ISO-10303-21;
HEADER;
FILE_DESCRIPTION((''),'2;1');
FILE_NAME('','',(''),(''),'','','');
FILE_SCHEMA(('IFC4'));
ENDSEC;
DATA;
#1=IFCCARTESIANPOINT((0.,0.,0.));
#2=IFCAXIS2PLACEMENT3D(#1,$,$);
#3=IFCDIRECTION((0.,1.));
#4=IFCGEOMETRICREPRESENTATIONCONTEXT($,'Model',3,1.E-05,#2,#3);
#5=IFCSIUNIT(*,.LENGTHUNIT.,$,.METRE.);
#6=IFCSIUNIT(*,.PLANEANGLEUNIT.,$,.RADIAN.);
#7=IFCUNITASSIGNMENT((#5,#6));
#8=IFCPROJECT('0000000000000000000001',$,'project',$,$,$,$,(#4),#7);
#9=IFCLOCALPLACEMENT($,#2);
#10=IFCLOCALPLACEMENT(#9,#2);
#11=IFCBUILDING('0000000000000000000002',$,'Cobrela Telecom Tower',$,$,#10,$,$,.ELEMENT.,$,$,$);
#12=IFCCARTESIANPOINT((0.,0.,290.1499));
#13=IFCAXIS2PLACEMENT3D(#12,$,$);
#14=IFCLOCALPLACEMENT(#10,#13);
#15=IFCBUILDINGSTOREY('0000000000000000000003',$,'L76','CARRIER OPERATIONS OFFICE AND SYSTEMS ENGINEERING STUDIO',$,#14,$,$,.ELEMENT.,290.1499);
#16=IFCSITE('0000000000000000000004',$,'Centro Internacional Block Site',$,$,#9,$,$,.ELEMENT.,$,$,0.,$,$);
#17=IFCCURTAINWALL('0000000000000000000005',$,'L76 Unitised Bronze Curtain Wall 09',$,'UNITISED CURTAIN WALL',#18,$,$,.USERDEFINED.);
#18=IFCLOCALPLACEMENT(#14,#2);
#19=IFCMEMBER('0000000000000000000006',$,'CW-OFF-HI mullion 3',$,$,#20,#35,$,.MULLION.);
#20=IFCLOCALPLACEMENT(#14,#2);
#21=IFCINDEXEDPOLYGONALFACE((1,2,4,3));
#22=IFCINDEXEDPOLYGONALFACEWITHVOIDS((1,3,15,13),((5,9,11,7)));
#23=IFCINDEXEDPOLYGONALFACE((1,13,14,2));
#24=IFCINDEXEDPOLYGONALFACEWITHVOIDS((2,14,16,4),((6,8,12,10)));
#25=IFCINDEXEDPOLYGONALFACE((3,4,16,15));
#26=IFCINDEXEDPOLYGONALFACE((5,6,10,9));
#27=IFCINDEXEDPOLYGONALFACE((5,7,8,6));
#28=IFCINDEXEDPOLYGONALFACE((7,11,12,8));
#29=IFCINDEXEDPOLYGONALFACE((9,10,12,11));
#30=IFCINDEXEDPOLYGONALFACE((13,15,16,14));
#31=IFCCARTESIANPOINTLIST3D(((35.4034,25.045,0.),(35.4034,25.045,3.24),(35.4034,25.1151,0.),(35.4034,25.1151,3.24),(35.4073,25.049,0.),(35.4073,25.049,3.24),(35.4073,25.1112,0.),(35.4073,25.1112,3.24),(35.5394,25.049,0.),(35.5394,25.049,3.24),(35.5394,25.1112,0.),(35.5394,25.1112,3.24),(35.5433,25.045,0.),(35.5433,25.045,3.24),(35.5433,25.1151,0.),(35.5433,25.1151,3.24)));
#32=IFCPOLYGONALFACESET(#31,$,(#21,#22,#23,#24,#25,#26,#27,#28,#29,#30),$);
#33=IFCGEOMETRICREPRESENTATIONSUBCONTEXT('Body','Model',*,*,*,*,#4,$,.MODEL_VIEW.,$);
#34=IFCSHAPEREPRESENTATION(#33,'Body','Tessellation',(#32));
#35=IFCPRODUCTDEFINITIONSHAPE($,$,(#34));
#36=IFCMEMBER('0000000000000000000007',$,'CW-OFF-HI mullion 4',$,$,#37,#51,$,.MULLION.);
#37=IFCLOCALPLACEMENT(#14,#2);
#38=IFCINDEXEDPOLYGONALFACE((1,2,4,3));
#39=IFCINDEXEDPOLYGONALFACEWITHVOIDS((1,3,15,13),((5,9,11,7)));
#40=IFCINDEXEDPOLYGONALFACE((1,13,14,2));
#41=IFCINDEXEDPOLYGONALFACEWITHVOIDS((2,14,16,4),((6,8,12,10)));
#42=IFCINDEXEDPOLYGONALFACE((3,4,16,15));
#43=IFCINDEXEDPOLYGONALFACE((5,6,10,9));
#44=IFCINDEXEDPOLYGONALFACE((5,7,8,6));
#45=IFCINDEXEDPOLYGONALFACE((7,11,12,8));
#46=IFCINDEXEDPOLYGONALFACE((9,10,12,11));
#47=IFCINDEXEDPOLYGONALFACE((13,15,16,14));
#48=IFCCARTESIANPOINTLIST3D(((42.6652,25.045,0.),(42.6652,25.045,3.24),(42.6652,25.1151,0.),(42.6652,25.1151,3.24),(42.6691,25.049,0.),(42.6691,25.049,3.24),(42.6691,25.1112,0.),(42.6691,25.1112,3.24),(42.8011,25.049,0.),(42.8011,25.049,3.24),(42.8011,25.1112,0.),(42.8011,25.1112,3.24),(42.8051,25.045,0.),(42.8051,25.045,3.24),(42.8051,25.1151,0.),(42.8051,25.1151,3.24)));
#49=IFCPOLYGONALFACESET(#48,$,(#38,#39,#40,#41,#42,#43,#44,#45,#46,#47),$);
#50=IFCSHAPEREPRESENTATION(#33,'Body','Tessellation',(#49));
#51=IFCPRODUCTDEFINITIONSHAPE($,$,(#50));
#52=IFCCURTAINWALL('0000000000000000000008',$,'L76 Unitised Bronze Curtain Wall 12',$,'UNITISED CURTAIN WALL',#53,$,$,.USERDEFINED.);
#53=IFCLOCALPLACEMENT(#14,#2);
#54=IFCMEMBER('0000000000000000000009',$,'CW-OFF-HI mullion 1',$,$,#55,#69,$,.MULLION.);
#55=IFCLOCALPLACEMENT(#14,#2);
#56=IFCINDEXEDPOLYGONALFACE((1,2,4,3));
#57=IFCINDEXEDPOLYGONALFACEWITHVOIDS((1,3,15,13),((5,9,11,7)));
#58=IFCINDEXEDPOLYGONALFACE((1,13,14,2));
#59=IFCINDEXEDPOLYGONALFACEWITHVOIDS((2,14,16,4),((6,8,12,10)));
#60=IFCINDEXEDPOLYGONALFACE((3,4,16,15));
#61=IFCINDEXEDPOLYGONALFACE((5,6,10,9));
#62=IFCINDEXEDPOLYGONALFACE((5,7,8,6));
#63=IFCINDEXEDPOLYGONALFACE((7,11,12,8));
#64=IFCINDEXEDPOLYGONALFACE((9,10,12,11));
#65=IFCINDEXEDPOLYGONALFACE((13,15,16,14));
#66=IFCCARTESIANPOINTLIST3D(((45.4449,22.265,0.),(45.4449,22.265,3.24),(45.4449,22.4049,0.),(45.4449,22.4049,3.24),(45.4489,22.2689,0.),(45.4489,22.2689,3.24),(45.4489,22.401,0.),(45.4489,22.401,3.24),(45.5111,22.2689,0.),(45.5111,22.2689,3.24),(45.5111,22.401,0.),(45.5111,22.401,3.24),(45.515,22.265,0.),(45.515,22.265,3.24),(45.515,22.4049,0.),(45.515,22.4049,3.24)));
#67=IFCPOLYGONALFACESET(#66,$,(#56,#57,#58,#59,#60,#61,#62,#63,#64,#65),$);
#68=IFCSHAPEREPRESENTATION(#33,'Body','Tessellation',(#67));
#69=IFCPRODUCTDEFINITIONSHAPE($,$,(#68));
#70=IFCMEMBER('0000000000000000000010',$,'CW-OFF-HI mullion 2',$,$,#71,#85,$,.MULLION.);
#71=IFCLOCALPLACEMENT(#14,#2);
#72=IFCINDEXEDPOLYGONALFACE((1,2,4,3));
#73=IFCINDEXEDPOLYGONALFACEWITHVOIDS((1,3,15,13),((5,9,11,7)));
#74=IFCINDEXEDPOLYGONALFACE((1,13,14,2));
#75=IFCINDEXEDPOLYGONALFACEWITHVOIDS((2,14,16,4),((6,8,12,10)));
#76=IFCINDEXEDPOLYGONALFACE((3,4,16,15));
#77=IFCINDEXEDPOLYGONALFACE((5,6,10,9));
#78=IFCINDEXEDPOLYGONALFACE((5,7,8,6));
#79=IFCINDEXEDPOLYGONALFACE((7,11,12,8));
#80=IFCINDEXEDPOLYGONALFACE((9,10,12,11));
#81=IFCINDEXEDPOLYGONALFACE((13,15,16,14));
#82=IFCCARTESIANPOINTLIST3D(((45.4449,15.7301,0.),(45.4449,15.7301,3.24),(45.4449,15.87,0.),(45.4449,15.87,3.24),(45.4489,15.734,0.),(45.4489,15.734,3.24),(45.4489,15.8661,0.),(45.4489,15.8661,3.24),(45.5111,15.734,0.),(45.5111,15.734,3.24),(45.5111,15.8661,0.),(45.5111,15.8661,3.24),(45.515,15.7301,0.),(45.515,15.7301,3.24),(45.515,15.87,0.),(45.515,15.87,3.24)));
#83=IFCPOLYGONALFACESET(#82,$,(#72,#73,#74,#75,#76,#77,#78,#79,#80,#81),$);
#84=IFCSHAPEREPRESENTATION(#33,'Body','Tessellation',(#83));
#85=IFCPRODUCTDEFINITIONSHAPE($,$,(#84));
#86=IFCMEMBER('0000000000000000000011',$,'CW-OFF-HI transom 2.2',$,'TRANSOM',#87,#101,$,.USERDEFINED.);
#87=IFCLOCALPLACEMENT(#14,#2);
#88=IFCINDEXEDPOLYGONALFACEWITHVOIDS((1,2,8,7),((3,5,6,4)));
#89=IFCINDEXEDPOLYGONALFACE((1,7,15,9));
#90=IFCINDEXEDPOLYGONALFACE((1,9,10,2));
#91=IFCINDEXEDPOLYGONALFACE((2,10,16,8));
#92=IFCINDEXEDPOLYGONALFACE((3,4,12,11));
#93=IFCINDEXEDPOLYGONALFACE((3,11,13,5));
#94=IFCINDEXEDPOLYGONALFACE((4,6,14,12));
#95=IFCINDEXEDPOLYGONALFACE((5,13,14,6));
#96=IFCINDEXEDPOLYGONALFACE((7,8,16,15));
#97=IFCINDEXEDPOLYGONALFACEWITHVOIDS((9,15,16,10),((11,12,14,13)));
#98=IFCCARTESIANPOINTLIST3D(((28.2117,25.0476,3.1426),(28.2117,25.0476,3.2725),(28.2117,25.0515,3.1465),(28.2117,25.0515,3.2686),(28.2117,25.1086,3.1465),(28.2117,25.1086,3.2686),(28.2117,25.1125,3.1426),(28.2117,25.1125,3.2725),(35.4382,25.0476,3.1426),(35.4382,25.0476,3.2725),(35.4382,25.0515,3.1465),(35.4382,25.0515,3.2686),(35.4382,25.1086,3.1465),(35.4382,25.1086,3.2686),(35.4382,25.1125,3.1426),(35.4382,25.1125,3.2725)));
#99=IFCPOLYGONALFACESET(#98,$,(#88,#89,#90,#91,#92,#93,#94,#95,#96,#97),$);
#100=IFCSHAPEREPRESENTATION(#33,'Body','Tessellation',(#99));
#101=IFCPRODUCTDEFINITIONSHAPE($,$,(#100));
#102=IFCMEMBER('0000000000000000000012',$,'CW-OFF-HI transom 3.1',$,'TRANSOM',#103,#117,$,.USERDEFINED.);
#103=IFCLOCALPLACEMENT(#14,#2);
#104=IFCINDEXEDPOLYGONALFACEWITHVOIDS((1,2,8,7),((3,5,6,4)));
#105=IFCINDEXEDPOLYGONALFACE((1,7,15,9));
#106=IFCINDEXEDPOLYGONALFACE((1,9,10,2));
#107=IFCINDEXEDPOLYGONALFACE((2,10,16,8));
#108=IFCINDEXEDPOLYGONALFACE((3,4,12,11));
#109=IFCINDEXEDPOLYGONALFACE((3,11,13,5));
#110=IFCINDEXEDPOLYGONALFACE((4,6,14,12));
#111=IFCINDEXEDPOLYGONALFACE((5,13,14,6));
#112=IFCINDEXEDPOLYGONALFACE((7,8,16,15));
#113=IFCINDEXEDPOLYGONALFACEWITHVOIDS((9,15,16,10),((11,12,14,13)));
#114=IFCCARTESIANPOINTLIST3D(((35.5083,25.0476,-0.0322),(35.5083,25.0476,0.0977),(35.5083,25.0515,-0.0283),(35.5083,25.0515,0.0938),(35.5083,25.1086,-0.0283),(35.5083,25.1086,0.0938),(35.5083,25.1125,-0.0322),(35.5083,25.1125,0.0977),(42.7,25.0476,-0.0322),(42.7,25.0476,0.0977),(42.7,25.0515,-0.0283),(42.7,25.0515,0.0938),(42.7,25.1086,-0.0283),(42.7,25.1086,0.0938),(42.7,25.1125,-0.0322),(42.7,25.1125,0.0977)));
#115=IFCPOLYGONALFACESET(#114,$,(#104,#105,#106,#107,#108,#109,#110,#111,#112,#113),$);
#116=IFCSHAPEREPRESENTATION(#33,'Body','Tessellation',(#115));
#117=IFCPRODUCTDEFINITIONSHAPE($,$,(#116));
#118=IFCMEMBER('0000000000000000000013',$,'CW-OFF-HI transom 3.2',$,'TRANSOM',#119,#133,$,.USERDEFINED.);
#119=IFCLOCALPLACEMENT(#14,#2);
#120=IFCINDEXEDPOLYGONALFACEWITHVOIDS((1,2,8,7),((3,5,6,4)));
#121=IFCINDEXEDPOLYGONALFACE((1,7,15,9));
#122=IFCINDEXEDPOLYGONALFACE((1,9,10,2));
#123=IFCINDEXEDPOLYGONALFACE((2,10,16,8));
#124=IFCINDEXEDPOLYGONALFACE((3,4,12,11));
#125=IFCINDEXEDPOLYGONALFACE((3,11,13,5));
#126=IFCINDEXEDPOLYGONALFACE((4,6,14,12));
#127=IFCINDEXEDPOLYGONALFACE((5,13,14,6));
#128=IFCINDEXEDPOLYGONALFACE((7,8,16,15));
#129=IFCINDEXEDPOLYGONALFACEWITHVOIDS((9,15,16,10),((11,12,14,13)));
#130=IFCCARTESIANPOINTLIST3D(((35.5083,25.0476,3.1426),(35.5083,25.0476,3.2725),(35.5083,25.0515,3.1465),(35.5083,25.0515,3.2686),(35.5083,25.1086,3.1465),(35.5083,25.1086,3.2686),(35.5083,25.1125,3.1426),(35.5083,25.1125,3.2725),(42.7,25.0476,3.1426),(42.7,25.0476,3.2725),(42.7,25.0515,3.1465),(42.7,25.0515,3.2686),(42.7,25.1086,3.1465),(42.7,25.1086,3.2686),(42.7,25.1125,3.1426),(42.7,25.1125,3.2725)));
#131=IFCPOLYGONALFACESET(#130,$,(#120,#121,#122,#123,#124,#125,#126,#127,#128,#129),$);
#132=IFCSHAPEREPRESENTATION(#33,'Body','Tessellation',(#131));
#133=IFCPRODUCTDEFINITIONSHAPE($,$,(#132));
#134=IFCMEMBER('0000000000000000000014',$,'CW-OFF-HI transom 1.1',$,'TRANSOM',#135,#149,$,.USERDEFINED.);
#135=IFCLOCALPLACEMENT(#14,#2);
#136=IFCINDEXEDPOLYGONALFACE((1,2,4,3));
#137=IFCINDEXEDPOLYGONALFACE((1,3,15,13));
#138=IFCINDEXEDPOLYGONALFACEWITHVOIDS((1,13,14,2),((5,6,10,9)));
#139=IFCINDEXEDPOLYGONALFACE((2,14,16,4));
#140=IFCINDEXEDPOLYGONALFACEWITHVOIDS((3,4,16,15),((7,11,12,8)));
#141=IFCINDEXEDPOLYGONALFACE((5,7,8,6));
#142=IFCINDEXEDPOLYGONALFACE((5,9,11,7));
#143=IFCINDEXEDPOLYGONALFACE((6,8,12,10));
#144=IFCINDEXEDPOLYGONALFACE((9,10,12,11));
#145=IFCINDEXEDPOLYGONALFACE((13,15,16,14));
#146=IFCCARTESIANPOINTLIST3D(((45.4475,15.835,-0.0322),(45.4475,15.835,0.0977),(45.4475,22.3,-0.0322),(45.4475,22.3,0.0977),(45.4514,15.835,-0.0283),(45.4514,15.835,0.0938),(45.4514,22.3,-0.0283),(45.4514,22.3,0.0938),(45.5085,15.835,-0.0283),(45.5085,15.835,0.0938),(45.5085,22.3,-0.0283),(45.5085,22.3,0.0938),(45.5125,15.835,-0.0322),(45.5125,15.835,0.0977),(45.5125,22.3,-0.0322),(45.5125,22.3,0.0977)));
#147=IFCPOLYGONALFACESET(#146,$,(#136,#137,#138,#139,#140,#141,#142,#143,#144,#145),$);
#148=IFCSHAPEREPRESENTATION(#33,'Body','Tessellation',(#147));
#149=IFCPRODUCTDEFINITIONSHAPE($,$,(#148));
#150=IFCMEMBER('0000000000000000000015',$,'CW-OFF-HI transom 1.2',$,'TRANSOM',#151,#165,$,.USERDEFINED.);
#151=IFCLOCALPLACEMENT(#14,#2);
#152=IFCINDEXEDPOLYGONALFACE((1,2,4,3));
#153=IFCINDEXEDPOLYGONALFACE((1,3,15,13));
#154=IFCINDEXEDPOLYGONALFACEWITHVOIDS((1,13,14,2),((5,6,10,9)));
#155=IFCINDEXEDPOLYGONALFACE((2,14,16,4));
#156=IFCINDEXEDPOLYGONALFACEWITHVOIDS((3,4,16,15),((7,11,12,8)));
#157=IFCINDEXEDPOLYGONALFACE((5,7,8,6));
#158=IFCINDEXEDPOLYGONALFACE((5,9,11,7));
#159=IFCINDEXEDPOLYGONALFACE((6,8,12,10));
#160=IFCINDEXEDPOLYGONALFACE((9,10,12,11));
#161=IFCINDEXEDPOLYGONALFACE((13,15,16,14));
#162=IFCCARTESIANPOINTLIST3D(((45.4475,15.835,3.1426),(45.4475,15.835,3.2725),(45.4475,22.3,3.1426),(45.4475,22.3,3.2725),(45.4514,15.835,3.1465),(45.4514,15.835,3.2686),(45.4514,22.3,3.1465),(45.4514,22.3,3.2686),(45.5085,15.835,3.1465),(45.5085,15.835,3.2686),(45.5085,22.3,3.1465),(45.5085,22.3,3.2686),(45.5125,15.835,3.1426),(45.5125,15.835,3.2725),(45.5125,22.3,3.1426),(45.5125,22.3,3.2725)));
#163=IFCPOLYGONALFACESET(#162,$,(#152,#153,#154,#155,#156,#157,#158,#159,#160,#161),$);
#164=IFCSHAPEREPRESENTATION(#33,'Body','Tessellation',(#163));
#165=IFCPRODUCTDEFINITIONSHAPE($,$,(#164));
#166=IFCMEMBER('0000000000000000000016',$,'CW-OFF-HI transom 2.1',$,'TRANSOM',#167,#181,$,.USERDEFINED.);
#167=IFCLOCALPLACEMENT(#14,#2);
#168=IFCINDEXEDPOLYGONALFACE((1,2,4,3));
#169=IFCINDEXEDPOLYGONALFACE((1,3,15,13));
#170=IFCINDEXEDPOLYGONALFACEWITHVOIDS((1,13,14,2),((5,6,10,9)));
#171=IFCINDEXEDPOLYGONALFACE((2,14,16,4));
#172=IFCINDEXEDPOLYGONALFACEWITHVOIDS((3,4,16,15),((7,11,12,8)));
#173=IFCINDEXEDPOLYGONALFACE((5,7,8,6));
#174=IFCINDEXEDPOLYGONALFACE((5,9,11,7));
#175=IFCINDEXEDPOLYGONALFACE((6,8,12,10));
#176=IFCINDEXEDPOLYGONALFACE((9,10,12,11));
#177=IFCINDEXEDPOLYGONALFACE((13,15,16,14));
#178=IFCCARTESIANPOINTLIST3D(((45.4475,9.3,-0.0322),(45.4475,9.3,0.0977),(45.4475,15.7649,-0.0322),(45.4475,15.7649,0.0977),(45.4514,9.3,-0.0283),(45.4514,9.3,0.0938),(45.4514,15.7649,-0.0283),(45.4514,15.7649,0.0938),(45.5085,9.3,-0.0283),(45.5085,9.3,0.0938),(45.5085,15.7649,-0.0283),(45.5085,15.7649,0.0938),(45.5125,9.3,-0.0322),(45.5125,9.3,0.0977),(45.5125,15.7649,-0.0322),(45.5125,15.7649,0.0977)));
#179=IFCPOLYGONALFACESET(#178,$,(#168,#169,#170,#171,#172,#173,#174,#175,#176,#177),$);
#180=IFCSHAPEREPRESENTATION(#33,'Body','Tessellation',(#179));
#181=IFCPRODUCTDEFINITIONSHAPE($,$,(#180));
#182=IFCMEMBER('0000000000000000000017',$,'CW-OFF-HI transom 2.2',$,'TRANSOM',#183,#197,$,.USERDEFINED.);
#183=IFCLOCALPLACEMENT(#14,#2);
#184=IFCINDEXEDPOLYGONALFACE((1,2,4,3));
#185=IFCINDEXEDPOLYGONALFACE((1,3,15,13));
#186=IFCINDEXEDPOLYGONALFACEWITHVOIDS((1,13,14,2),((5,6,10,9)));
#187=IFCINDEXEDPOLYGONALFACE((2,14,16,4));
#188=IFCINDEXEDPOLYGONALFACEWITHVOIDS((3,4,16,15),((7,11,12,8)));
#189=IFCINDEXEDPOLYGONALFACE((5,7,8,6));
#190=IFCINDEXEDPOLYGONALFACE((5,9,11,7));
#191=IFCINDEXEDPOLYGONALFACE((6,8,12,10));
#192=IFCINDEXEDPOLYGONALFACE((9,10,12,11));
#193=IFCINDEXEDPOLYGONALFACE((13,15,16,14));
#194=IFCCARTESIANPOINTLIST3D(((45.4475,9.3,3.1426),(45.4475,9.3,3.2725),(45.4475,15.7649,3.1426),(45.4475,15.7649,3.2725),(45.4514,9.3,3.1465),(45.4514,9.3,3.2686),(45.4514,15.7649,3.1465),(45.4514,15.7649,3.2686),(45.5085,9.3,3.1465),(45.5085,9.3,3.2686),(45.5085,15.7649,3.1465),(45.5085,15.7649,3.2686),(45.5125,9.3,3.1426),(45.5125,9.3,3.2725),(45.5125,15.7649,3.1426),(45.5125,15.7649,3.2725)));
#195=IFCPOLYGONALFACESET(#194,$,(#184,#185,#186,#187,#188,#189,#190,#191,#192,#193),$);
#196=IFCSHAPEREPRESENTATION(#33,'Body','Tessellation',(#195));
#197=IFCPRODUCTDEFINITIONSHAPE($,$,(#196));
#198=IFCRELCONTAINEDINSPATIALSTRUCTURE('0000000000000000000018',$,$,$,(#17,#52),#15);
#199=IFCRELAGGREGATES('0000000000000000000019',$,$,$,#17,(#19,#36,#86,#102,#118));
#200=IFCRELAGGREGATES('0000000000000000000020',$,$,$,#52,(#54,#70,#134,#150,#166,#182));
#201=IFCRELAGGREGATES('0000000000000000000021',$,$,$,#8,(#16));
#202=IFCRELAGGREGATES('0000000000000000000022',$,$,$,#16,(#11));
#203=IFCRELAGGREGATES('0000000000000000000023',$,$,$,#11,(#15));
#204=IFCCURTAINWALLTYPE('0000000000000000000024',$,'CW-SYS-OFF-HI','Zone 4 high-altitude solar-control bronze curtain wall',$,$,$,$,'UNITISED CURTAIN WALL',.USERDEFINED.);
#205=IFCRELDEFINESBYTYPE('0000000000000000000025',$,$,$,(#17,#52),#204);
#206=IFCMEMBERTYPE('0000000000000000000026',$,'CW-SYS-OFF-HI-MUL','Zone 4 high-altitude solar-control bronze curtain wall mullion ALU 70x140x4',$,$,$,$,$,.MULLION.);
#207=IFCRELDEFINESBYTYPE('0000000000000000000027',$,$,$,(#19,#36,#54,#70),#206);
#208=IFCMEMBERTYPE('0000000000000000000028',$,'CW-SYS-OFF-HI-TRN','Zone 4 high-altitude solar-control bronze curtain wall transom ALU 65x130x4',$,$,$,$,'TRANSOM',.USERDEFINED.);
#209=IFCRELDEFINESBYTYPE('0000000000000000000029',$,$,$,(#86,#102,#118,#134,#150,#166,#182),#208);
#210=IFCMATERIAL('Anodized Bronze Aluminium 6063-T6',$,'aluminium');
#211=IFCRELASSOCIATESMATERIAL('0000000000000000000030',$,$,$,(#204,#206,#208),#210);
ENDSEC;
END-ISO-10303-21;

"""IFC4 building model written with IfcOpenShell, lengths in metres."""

from ifc_helpers import new_model, si_unit, direction, frame, origin, origin_2d, place, context, subcontext, project, spatial, hollow_rectangle, extrude, material, material_profile, profile_set, type_object, element, aggregate, save


model = new_model("IFC4")

# Units and contexts
model_context = context("Model", 3, precision=1e-05, world=origin(), true_north=direction((0.0, 1.0)))
body_context = subcontext(model_context, "Body", "Model", "MODEL_VIEW")
ifc_project = project(units=[si_unit("LENGTHUNIT", "METRE"), si_unit("PLANEANGLEUNIT", "RADIAN")], contexts=[model_context])

# Site, building, storey
site_placement = place(None, origin())
site = spatial("IfcSite", under=ifc_project, at=site_placement, Name="Centro Internacional Block Site", CompositionType="ELEMENT", RefElevation=0.0)
building_placement = place(site_placement, origin())
building = spatial("IfcBuilding", under=site, at=building_placement, Name="Cobrela Telecom Tower", CompositionType="ELEMENT")
storey_placement = place(building_placement, frame((0.0, 0.0, 290.1499)))
storey = spatial("IfcBuildingStorey", under=building, at=storey_placement, Name="L76", Description="CARRIER OPERATIONS OFFICE AND SYSTEMS ENGINEERING STUDIO", CompositionType="ELEMENT", Elevation=290.1499)

# Curtain walls, members
ifc_material_1 = material(Name="Anodized Bronze Aluminium 6063-T6", Category="aluminium")
curtain_wall_type = type_object("IfcCurtainWallType", Name="CW-SYS-OFF-HI", Description="Zone 4 high-altitude solar-control bronze curtain wall", ElementType="UNITISED CURTAIN WALL", PredefinedType="USERDEFINED", material=ifc_material_1)
curtain_wall_1_placement = place(storey_placement, origin())
curtain_wall_1 = element("IfcCurtainWall", 1, at=curtain_wall_1_placement, inside=storey, type_object=curtain_wall_type, Name="L76 Unitised Bronze Curtain Wall 09", ObjectType="UNITISED CURTAIN WALL", PredefinedType="USERDEFINED")
ifc_material_profile_1 = material_profile(ifc_material_1, hollow_rectangle(XDim=0.0701, YDim=0.1399, WallThickness=0.0039, at=origin_2d()), Name="ALU 70x140x4")
ifc_profile_set_1 = profile_set([ifc_material_profile_1], Name="Anodized Bronze Aluminium 6063-T6")
member_type_1 = type_object("IfcMemberType", Name="CW-SYS-OFF-HI-MUL", Description="Zone 4 high-altitude solar-control bronze curtain wall mullion ALU 70x140x4", PredefinedType="MULLION", material=ifc_profile_set_1)
member_1_placement = place(storey_placement, frame((35.4734, 25.0801, 0.0), z_axis=(0.0, 0.0, 1.0), x_axis=(0.0, 1.0, 0.0)))
member_1 = element("IfcMember", 2, at=member_1_placement, type_object=member_type_1, Name="CW-OFF-HI mullion 3", PredefinedType="MULLION", context=body_context, shape_type="SweptSolid", body=[
    extrude(hollow_rectangle(XDim=0.0701, YDim=0.1399, WallThickness=0.0039, at=origin_2d()), origin(), (0.0, 0.0, 1.0), 3.24),
])
member_2_placement = place(storey_placement, frame((42.7351, 25.0801, 0.0), z_axis=(0.0, 0.0, 1.0), x_axis=(0.0, 1.0, 0.0)))
member_2 = element("IfcMember", 3, at=member_2_placement, type_object=member_type_1, Name="CW-OFF-HI mullion 4", PredefinedType="MULLION", context=body_context, shape_type="SweptSolid", body=[
    extrude(hollow_rectangle(XDim=0.0701, YDim=0.1399, WallThickness=0.0039, at=origin_2d()), origin(), (0.0, 0.0, 1.0), 3.24),
])
curtain_wall_2_placement = place(storey_placement, origin())
curtain_wall_2 = element("IfcCurtainWall", 4, at=curtain_wall_2_placement, inside=storey, type_object=curtain_wall_type, Name="L76 Unitised Bronze Curtain Wall 12", ObjectType="UNITISED CURTAIN WALL", PredefinedType="USERDEFINED")
member_3_placement = place(storey_placement, frame((45.48, 22.335, 0.0), z_axis=(0.0, 0.0, 1.0), x_axis=(1.0, 0.0, 0.0)))
member_3 = element("IfcMember", 5, at=member_3_placement, type_object=member_type_1, Name="CW-OFF-HI mullion 1", PredefinedType="MULLION", context=body_context, shape_type="SweptSolid", body=[
    extrude(hollow_rectangle(XDim=0.0701, YDim=0.1399, WallThickness=0.0039, at=origin_2d()), origin(), (0.0, 0.0, 1.0), 3.24),
])
member_4_placement = place(storey_placement, frame((45.48, 15.8, 0.0), z_axis=(0.0, 0.0, 1.0), x_axis=(1.0, 0.0, 0.0)))
member_4 = element("IfcMember", 6, at=member_4_placement, type_object=member_type_1, Name="CW-OFF-HI mullion 2", PredefinedType="MULLION", context=body_context, shape_type="SweptSolid", body=[
    extrude(hollow_rectangle(XDim=0.0701, YDim=0.1399, WallThickness=0.0039, at=origin_2d()), origin(), (0.0, 0.0, 1.0), 3.24),
])

# Members
ifc_material_profile_2 = material_profile(ifc_material_1, hollow_rectangle(XDim=0.0649, YDim=0.1299, WallThickness=0.0039, at=origin_2d()), Name="ALU 65x130x4")
ifc_profile_set_2 = profile_set([ifc_material_profile_2], Name="Anodized Bronze Aluminium 6063-T6")
member_type_2 = type_object("IfcMemberType", Name="CW-SYS-OFF-HI-TRN", Description="Zone 4 high-altitude solar-control bronze curtain wall transom ALU 65x130x4", ElementType="TRANSOM", PredefinedType="USERDEFINED", material=ifc_profile_set_2)
member_5_placement = place(storey_placement, frame((28.2117, 25.0801, 3.2075), z_axis=(1.0, 0.0, 0.0), x_axis=(0.0, 1.0, 0.0)))
member_5 = element("IfcMember", 7, at=member_5_placement, type_object=member_type_2, Name="CW-OFF-HI transom 2.2", ObjectType="TRANSOM", PredefinedType="USERDEFINED", context=body_context, shape_type="SweptSolid", body=[
    extrude(hollow_rectangle(XDim=0.0649, YDim=0.1299, WallThickness=0.0039, at=origin_2d()), origin(), (0.0, 0.0, 1.0), 7.2266),
])
member_6_placement = place(storey_placement, frame((35.5083, 25.0801, 0.0327), z_axis=(1.0, 0.0, 0.0), x_axis=(0.0, 1.0, 0.0)))
member_6 = element("IfcMember", 8, at=member_6_placement, type_object=member_type_2, Name="CW-OFF-HI transom 3.1", ObjectType="TRANSOM", PredefinedType="USERDEFINED", context=body_context, shape_type="SweptSolid", body=[
    extrude(hollow_rectangle(XDim=0.0649, YDim=0.1299, WallThickness=0.0039, at=origin_2d()), origin(), (0.0, 0.0, 1.0), 7.1917),
])
member_7_placement = place(storey_placement, frame((35.5083, 25.0801, 3.2075), z_axis=(1.0, 0.0, 0.0), x_axis=(0.0, 1.0, 0.0)))
member_7 = element("IfcMember", 9, at=member_7_placement, type_object=member_type_2, Name="CW-OFF-HI transom 3.2", ObjectType="TRANSOM", PredefinedType="USERDEFINED", context=body_context, shape_type="SweptSolid", body=[
    extrude(hollow_rectangle(XDim=0.0649, YDim=0.1299, WallThickness=0.0039, at=origin_2d()), origin(), (0.0, 0.0, 1.0), 7.1917),
])
member_8_placement = place(storey_placement, frame((45.48, 22.3, 0.0327), z_axis=(0.0, -1.0, 0.0), x_axis=(1.0, 0.0, 0.0)))
member_8 = element("IfcMember", 10, at=member_8_placement, type_object=member_type_2, Name="CW-OFF-HI transom 1.1", ObjectType="TRANSOM", PredefinedType="USERDEFINED", context=body_context, shape_type="SweptSolid", body=[
    extrude(hollow_rectangle(XDim=0.0649, YDim=0.1299, WallThickness=0.0039, at=origin_2d()), origin(), (0.0, 0.0, 1.0), 6.4651),
])
member_9_placement = place(storey_placement, frame((45.48, 22.3, 3.2075), z_axis=(0.0, -1.0, 0.0), x_axis=(1.0, 0.0, 0.0)))
member_9 = element("IfcMember", 11, at=member_9_placement, type_object=member_type_2, Name="CW-OFF-HI transom 1.2", ObjectType="TRANSOM", PredefinedType="USERDEFINED", context=body_context, shape_type="SweptSolid", body=[
    extrude(hollow_rectangle(XDim=0.0649, YDim=0.1299, WallThickness=0.0039, at=origin_2d()), origin(), (0.0, 0.0, 1.0), 6.4651),
])
member_10_placement = place(storey_placement, frame((45.48, 15.7649, 0.0327), z_axis=(0.0, -1.0, 0.0), x_axis=(1.0, 0.0, 0.0)))
member_10 = element("IfcMember", 12, at=member_10_placement, type_object=member_type_2, Name="CW-OFF-HI transom 2.1", ObjectType="TRANSOM", PredefinedType="USERDEFINED", context=body_context, shape_type="SweptSolid", body=[
    extrude(hollow_rectangle(XDim=0.0649, YDim=0.1299, WallThickness=0.0039, at=origin_2d()), origin(), (0.0, 0.0, 1.0), 6.4648),
])
member_11_placement = place(storey_placement, frame((45.48, 15.7649, 3.2075), z_axis=(0.0, -1.0, 0.0), x_axis=(1.0, 0.0, 0.0)))
member_11 = element("IfcMember", 13, at=member_11_placement, type_object=member_type_2, Name="CW-OFF-HI transom 2.2", ObjectType="TRANSOM", PredefinedType="USERDEFINED", context=body_context, shape_type="SweptSolid", body=[
    extrude(hollow_rectangle(XDim=0.0649, YDim=0.1299, WallThickness=0.0039, at=origin_2d()), origin(), (0.0, 0.0, 1.0), 6.4648),
])

aggregate(curtain_wall_1, [member_1, member_2, member_5, member_6, member_7])
aggregate(curtain_wall_2, [member_3, member_4, member_8, member_9, member_10, member_11])

save(model, "model.ifc")
